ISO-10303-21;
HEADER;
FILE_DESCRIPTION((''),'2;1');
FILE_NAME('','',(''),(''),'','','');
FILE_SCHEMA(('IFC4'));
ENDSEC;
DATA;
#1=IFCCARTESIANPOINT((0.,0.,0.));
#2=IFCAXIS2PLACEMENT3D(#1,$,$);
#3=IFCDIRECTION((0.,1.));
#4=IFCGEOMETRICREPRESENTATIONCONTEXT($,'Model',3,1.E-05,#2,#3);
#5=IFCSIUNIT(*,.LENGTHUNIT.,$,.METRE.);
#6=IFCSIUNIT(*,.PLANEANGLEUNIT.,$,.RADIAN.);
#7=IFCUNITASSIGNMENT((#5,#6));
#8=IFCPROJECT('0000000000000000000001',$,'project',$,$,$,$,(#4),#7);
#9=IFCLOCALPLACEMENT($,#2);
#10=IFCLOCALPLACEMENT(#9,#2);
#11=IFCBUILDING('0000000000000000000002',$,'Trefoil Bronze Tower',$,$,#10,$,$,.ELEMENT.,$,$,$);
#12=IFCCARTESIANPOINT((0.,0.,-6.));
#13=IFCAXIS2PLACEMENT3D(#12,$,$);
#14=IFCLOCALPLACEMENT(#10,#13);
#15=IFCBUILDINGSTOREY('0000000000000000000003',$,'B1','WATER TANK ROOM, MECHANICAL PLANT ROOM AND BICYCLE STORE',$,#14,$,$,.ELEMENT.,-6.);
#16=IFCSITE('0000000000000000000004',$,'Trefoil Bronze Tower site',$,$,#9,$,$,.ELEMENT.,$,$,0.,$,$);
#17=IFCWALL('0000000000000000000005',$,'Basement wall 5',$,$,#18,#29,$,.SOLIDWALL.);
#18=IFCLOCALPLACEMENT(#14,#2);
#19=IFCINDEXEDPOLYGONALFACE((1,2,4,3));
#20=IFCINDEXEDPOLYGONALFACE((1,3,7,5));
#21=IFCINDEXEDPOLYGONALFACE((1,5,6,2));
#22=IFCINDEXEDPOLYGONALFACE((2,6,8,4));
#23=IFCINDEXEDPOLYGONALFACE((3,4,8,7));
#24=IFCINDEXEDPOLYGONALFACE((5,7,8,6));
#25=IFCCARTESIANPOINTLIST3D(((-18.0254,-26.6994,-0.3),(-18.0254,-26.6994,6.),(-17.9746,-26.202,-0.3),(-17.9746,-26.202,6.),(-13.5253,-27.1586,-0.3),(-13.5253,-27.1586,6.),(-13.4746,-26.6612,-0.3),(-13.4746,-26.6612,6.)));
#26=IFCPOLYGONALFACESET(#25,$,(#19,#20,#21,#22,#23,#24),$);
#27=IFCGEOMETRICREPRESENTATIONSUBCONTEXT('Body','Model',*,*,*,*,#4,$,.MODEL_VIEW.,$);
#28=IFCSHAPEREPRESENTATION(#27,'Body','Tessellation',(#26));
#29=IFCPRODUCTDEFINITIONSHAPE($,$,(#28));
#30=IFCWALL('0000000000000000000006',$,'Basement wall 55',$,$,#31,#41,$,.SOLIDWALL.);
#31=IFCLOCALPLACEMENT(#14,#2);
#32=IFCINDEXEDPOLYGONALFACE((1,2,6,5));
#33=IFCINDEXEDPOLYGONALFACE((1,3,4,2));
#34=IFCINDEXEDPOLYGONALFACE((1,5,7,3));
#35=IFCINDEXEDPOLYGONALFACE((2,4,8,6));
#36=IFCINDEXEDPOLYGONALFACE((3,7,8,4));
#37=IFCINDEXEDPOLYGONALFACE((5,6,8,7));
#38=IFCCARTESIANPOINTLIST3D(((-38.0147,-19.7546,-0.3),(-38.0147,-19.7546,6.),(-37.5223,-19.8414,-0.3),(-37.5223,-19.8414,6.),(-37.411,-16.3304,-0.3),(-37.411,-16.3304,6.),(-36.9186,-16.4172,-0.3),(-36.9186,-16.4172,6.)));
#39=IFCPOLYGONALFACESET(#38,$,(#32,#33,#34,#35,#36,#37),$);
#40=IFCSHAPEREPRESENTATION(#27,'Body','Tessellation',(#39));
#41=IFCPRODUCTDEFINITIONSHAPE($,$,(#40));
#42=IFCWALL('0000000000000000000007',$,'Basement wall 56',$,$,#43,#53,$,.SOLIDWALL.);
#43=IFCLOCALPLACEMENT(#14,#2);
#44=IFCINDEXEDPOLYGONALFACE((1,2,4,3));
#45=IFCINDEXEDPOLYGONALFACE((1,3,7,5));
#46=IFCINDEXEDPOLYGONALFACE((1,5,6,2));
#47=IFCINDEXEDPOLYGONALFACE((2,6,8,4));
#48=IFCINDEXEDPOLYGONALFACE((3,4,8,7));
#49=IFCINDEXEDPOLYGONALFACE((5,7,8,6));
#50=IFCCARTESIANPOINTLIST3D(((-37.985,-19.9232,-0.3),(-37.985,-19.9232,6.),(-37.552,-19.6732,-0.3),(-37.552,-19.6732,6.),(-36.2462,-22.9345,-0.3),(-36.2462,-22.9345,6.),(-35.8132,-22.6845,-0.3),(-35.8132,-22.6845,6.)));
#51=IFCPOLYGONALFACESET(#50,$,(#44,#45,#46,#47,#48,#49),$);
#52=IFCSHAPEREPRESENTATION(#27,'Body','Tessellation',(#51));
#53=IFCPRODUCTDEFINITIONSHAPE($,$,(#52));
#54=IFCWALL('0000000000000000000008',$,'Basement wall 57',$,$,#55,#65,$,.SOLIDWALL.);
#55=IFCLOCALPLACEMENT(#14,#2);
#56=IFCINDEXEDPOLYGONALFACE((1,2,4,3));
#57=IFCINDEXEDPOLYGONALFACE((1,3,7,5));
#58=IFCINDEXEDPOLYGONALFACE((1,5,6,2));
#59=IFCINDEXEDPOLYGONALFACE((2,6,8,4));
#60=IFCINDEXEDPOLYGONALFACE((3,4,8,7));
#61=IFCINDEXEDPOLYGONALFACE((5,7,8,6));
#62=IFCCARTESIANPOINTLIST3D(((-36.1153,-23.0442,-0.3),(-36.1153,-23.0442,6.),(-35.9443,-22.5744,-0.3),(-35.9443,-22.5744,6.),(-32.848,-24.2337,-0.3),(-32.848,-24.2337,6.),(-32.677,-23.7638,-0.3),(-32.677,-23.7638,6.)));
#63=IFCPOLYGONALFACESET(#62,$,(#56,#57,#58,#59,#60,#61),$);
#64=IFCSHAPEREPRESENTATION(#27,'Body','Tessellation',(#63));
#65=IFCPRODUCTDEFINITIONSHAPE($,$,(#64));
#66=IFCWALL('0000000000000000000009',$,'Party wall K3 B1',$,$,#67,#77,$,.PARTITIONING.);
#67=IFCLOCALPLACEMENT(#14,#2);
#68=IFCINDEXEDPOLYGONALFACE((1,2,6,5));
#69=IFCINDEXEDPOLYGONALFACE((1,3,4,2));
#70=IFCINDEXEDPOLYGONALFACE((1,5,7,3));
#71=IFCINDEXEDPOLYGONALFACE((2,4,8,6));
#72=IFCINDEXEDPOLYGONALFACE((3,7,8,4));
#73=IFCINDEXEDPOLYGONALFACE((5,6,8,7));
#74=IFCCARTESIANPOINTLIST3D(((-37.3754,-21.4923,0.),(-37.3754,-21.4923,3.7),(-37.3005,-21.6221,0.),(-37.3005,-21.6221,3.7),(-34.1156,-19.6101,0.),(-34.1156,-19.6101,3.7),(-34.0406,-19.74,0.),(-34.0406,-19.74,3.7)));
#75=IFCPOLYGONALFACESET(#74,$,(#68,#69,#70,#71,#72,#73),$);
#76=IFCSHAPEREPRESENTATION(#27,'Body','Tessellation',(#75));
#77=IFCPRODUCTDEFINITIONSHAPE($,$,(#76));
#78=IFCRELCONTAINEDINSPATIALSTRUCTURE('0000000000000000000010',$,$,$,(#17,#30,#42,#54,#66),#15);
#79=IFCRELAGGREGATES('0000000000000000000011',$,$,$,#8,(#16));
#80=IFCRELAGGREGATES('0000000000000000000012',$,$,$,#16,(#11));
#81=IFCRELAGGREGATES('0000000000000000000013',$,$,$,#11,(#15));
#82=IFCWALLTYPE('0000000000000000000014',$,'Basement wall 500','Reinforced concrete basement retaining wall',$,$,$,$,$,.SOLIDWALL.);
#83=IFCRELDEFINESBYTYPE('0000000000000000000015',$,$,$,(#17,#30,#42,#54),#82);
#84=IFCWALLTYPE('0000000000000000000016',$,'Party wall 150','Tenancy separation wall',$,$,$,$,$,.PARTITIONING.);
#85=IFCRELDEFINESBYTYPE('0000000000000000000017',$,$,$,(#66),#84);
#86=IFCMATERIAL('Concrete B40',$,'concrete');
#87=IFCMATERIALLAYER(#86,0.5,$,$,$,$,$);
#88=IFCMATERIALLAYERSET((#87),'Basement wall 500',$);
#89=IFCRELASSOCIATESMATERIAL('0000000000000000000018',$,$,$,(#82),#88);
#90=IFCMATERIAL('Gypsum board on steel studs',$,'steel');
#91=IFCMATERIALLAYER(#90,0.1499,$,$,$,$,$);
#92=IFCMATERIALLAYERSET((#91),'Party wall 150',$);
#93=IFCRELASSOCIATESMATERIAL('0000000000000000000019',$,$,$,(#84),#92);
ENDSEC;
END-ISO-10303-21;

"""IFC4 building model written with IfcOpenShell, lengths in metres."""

from ifc_helpers import new_model, si_unit, direction, frame, frame_2d, origin, place, context, subcontext, project, spatial, rectangle, extrude, material, layer, layer_set, type_object, element, save


model = new_model("IFC4")

# Units and contexts
model_context = context("Model", 3, precision=1e-05, world=origin(), true_north=direction((0.0, 1.0)))
body_context = subcontext(model_context, "Body", "Model", "MODEL_VIEW")
ifc_project = project(units=[si_unit("LENGTHUNIT", "METRE"), si_unit("PLANEANGLEUNIT", "RADIAN")], contexts=[model_context])

# Site, building, storey
site_placement = place(None, origin())
site = spatial("IfcSite", under=ifc_project, at=site_placement, Name="Trefoil Bronze Tower site", CompositionType="ELEMENT", RefElevation=0.0)
building_placement = place(site_placement, origin())
building = spatial("IfcBuilding", under=site, at=building_placement, Name="Trefoil Bronze Tower", CompositionType="ELEMENT")
storey_placement = place(building_placement, frame((0.0, 0.0, -6.0)))
storey = spatial("IfcBuildingStorey", under=building, at=storey_placement, Name="B1", Description="WATER TANK ROOM, MECHANICAL PLANT ROOM AND BICYCLE STORE", CompositionType="ELEMENT", Elevation=-6.0)

# Walls
ifc_material_1 = material(Name="Concrete B40", Category="concrete")
ifc_layer_1 = layer(ifc_material_1, 0.5)
ifc_layer_set_1 = layer_set([ifc_layer_1], Name="Basement wall 500")
wall_type_1 = type_object("IfcWallType", Name="Basement wall 500", Description="Reinforced concrete basement retaining wall", PredefinedType="SOLIDWALL", material=ifc_layer_set_1)
wall_1_placement = place(storey_placement, frame((-18.0, -26.4507, -0.3), z_axis=(0.0, 0.0, 1.0), x_axis=(0.994833, -0.101523, 0.0)))
element("IfcWall", 1, at=wall_1_placement, inside=storey, type_object=wall_type_1, Name="Basement wall 5", PredefinedType="SOLIDWALL", context=body_context, shape_type="SweptSolid", body=[
    extrude(rectangle(XDim=4.5234, YDim=0.5, at=frame_2d((2.2617, 0.0))), origin(), (0.0, 0.0, 1.0), 6.3),
])
wall_2_placement = place(storey_placement, frame((-37.1648, -16.3738, -0.3), z_axis=(0.0, 0.0, 1.0), x_axis=(-0.173637, -0.98481, 0.0)))
element("IfcWall", 2, at=wall_2_placement, inside=storey, type_object=wall_type_1, Name="Basement wall 55", PredefinedType="SOLIDWALL", context=body_context, shape_type="SweptSolid", body=[
    extrude(rectangle(XDim=3.4771, YDim=0.5, at=frame_2d((1.7385, 0.0))), origin(), (0.0, 0.0, 1.0), 6.3),
])
wall_3_placement = place(storey_placement, frame((-37.7686, -19.7981, -0.3), z_axis=(0.0, 0.0, 1.0), x_axis=(0.500051, -0.865996, 0.0)))
element("IfcWall", 3, at=wall_3_placement, inside=storey, type_object=wall_type_1, Name="Basement wall 56", PredefinedType="SOLIDWALL", context=body_context, shape_type="SweptSolid", body=[
    extrude(rectangle(XDim=3.4773, YDim=0.5, at=frame_2d((1.7388, 0.0))), origin(), (0.0, 0.0, 1.0), 6.3),
])
wall_4_placement = place(storey_placement, frame((-36.0298, -22.8093, -0.3), z_axis=(0.0, 0.0, 1.0), x_axis=(0.93967, -0.342081, 0.0)))
element("IfcWall", 4, at=wall_4_placement, inside=storey, type_object=wall_type_1, Name="Basement wall 57", PredefinedType="SOLIDWALL", context=body_context, shape_type="SweptSolid", body=[
    extrude(rectangle(XDim=3.4771, YDim=0.5, at=frame_2d((1.7385, 0.0))), origin(), (0.0, 0.0, 1.0), 6.3),
])
ifc_material_2 = material(Name="Gypsum board on steel studs", Category="steel")
ifc_layer_2 = layer(ifc_material_2, 0.1499)
ifc_layer_set_2 = layer_set([ifc_layer_2], Name="Party wall 150")
wall_type_2 = type_object("IfcWallType", Name="Party wall 150", Description="Tenancy separation wall", PredefinedType="PARTITIONING", material=ifc_layer_set_2)
wall_5_placement = place(storey_placement, frame((-34.0781, -19.675, 0.0), z_axis=(0.0, 0.0, 1.0), x_axis=(-0.866019, -0.500011, 0.0)))
element("IfcWall", 5, at=wall_5_placement, inside=storey, type_object=wall_type_2, Name="Party wall K3 B1", PredefinedType="PARTITIONING", context=body_context, shape_type="SweptSolid", body=[
    extrude(rectangle(XDim=3.7642, YDim=0.1499, at=frame_2d((1.8821, 0.0))), origin(), (0.0, 0.0, 1.0), 3.7),
])

save(model, "model.ifc")
